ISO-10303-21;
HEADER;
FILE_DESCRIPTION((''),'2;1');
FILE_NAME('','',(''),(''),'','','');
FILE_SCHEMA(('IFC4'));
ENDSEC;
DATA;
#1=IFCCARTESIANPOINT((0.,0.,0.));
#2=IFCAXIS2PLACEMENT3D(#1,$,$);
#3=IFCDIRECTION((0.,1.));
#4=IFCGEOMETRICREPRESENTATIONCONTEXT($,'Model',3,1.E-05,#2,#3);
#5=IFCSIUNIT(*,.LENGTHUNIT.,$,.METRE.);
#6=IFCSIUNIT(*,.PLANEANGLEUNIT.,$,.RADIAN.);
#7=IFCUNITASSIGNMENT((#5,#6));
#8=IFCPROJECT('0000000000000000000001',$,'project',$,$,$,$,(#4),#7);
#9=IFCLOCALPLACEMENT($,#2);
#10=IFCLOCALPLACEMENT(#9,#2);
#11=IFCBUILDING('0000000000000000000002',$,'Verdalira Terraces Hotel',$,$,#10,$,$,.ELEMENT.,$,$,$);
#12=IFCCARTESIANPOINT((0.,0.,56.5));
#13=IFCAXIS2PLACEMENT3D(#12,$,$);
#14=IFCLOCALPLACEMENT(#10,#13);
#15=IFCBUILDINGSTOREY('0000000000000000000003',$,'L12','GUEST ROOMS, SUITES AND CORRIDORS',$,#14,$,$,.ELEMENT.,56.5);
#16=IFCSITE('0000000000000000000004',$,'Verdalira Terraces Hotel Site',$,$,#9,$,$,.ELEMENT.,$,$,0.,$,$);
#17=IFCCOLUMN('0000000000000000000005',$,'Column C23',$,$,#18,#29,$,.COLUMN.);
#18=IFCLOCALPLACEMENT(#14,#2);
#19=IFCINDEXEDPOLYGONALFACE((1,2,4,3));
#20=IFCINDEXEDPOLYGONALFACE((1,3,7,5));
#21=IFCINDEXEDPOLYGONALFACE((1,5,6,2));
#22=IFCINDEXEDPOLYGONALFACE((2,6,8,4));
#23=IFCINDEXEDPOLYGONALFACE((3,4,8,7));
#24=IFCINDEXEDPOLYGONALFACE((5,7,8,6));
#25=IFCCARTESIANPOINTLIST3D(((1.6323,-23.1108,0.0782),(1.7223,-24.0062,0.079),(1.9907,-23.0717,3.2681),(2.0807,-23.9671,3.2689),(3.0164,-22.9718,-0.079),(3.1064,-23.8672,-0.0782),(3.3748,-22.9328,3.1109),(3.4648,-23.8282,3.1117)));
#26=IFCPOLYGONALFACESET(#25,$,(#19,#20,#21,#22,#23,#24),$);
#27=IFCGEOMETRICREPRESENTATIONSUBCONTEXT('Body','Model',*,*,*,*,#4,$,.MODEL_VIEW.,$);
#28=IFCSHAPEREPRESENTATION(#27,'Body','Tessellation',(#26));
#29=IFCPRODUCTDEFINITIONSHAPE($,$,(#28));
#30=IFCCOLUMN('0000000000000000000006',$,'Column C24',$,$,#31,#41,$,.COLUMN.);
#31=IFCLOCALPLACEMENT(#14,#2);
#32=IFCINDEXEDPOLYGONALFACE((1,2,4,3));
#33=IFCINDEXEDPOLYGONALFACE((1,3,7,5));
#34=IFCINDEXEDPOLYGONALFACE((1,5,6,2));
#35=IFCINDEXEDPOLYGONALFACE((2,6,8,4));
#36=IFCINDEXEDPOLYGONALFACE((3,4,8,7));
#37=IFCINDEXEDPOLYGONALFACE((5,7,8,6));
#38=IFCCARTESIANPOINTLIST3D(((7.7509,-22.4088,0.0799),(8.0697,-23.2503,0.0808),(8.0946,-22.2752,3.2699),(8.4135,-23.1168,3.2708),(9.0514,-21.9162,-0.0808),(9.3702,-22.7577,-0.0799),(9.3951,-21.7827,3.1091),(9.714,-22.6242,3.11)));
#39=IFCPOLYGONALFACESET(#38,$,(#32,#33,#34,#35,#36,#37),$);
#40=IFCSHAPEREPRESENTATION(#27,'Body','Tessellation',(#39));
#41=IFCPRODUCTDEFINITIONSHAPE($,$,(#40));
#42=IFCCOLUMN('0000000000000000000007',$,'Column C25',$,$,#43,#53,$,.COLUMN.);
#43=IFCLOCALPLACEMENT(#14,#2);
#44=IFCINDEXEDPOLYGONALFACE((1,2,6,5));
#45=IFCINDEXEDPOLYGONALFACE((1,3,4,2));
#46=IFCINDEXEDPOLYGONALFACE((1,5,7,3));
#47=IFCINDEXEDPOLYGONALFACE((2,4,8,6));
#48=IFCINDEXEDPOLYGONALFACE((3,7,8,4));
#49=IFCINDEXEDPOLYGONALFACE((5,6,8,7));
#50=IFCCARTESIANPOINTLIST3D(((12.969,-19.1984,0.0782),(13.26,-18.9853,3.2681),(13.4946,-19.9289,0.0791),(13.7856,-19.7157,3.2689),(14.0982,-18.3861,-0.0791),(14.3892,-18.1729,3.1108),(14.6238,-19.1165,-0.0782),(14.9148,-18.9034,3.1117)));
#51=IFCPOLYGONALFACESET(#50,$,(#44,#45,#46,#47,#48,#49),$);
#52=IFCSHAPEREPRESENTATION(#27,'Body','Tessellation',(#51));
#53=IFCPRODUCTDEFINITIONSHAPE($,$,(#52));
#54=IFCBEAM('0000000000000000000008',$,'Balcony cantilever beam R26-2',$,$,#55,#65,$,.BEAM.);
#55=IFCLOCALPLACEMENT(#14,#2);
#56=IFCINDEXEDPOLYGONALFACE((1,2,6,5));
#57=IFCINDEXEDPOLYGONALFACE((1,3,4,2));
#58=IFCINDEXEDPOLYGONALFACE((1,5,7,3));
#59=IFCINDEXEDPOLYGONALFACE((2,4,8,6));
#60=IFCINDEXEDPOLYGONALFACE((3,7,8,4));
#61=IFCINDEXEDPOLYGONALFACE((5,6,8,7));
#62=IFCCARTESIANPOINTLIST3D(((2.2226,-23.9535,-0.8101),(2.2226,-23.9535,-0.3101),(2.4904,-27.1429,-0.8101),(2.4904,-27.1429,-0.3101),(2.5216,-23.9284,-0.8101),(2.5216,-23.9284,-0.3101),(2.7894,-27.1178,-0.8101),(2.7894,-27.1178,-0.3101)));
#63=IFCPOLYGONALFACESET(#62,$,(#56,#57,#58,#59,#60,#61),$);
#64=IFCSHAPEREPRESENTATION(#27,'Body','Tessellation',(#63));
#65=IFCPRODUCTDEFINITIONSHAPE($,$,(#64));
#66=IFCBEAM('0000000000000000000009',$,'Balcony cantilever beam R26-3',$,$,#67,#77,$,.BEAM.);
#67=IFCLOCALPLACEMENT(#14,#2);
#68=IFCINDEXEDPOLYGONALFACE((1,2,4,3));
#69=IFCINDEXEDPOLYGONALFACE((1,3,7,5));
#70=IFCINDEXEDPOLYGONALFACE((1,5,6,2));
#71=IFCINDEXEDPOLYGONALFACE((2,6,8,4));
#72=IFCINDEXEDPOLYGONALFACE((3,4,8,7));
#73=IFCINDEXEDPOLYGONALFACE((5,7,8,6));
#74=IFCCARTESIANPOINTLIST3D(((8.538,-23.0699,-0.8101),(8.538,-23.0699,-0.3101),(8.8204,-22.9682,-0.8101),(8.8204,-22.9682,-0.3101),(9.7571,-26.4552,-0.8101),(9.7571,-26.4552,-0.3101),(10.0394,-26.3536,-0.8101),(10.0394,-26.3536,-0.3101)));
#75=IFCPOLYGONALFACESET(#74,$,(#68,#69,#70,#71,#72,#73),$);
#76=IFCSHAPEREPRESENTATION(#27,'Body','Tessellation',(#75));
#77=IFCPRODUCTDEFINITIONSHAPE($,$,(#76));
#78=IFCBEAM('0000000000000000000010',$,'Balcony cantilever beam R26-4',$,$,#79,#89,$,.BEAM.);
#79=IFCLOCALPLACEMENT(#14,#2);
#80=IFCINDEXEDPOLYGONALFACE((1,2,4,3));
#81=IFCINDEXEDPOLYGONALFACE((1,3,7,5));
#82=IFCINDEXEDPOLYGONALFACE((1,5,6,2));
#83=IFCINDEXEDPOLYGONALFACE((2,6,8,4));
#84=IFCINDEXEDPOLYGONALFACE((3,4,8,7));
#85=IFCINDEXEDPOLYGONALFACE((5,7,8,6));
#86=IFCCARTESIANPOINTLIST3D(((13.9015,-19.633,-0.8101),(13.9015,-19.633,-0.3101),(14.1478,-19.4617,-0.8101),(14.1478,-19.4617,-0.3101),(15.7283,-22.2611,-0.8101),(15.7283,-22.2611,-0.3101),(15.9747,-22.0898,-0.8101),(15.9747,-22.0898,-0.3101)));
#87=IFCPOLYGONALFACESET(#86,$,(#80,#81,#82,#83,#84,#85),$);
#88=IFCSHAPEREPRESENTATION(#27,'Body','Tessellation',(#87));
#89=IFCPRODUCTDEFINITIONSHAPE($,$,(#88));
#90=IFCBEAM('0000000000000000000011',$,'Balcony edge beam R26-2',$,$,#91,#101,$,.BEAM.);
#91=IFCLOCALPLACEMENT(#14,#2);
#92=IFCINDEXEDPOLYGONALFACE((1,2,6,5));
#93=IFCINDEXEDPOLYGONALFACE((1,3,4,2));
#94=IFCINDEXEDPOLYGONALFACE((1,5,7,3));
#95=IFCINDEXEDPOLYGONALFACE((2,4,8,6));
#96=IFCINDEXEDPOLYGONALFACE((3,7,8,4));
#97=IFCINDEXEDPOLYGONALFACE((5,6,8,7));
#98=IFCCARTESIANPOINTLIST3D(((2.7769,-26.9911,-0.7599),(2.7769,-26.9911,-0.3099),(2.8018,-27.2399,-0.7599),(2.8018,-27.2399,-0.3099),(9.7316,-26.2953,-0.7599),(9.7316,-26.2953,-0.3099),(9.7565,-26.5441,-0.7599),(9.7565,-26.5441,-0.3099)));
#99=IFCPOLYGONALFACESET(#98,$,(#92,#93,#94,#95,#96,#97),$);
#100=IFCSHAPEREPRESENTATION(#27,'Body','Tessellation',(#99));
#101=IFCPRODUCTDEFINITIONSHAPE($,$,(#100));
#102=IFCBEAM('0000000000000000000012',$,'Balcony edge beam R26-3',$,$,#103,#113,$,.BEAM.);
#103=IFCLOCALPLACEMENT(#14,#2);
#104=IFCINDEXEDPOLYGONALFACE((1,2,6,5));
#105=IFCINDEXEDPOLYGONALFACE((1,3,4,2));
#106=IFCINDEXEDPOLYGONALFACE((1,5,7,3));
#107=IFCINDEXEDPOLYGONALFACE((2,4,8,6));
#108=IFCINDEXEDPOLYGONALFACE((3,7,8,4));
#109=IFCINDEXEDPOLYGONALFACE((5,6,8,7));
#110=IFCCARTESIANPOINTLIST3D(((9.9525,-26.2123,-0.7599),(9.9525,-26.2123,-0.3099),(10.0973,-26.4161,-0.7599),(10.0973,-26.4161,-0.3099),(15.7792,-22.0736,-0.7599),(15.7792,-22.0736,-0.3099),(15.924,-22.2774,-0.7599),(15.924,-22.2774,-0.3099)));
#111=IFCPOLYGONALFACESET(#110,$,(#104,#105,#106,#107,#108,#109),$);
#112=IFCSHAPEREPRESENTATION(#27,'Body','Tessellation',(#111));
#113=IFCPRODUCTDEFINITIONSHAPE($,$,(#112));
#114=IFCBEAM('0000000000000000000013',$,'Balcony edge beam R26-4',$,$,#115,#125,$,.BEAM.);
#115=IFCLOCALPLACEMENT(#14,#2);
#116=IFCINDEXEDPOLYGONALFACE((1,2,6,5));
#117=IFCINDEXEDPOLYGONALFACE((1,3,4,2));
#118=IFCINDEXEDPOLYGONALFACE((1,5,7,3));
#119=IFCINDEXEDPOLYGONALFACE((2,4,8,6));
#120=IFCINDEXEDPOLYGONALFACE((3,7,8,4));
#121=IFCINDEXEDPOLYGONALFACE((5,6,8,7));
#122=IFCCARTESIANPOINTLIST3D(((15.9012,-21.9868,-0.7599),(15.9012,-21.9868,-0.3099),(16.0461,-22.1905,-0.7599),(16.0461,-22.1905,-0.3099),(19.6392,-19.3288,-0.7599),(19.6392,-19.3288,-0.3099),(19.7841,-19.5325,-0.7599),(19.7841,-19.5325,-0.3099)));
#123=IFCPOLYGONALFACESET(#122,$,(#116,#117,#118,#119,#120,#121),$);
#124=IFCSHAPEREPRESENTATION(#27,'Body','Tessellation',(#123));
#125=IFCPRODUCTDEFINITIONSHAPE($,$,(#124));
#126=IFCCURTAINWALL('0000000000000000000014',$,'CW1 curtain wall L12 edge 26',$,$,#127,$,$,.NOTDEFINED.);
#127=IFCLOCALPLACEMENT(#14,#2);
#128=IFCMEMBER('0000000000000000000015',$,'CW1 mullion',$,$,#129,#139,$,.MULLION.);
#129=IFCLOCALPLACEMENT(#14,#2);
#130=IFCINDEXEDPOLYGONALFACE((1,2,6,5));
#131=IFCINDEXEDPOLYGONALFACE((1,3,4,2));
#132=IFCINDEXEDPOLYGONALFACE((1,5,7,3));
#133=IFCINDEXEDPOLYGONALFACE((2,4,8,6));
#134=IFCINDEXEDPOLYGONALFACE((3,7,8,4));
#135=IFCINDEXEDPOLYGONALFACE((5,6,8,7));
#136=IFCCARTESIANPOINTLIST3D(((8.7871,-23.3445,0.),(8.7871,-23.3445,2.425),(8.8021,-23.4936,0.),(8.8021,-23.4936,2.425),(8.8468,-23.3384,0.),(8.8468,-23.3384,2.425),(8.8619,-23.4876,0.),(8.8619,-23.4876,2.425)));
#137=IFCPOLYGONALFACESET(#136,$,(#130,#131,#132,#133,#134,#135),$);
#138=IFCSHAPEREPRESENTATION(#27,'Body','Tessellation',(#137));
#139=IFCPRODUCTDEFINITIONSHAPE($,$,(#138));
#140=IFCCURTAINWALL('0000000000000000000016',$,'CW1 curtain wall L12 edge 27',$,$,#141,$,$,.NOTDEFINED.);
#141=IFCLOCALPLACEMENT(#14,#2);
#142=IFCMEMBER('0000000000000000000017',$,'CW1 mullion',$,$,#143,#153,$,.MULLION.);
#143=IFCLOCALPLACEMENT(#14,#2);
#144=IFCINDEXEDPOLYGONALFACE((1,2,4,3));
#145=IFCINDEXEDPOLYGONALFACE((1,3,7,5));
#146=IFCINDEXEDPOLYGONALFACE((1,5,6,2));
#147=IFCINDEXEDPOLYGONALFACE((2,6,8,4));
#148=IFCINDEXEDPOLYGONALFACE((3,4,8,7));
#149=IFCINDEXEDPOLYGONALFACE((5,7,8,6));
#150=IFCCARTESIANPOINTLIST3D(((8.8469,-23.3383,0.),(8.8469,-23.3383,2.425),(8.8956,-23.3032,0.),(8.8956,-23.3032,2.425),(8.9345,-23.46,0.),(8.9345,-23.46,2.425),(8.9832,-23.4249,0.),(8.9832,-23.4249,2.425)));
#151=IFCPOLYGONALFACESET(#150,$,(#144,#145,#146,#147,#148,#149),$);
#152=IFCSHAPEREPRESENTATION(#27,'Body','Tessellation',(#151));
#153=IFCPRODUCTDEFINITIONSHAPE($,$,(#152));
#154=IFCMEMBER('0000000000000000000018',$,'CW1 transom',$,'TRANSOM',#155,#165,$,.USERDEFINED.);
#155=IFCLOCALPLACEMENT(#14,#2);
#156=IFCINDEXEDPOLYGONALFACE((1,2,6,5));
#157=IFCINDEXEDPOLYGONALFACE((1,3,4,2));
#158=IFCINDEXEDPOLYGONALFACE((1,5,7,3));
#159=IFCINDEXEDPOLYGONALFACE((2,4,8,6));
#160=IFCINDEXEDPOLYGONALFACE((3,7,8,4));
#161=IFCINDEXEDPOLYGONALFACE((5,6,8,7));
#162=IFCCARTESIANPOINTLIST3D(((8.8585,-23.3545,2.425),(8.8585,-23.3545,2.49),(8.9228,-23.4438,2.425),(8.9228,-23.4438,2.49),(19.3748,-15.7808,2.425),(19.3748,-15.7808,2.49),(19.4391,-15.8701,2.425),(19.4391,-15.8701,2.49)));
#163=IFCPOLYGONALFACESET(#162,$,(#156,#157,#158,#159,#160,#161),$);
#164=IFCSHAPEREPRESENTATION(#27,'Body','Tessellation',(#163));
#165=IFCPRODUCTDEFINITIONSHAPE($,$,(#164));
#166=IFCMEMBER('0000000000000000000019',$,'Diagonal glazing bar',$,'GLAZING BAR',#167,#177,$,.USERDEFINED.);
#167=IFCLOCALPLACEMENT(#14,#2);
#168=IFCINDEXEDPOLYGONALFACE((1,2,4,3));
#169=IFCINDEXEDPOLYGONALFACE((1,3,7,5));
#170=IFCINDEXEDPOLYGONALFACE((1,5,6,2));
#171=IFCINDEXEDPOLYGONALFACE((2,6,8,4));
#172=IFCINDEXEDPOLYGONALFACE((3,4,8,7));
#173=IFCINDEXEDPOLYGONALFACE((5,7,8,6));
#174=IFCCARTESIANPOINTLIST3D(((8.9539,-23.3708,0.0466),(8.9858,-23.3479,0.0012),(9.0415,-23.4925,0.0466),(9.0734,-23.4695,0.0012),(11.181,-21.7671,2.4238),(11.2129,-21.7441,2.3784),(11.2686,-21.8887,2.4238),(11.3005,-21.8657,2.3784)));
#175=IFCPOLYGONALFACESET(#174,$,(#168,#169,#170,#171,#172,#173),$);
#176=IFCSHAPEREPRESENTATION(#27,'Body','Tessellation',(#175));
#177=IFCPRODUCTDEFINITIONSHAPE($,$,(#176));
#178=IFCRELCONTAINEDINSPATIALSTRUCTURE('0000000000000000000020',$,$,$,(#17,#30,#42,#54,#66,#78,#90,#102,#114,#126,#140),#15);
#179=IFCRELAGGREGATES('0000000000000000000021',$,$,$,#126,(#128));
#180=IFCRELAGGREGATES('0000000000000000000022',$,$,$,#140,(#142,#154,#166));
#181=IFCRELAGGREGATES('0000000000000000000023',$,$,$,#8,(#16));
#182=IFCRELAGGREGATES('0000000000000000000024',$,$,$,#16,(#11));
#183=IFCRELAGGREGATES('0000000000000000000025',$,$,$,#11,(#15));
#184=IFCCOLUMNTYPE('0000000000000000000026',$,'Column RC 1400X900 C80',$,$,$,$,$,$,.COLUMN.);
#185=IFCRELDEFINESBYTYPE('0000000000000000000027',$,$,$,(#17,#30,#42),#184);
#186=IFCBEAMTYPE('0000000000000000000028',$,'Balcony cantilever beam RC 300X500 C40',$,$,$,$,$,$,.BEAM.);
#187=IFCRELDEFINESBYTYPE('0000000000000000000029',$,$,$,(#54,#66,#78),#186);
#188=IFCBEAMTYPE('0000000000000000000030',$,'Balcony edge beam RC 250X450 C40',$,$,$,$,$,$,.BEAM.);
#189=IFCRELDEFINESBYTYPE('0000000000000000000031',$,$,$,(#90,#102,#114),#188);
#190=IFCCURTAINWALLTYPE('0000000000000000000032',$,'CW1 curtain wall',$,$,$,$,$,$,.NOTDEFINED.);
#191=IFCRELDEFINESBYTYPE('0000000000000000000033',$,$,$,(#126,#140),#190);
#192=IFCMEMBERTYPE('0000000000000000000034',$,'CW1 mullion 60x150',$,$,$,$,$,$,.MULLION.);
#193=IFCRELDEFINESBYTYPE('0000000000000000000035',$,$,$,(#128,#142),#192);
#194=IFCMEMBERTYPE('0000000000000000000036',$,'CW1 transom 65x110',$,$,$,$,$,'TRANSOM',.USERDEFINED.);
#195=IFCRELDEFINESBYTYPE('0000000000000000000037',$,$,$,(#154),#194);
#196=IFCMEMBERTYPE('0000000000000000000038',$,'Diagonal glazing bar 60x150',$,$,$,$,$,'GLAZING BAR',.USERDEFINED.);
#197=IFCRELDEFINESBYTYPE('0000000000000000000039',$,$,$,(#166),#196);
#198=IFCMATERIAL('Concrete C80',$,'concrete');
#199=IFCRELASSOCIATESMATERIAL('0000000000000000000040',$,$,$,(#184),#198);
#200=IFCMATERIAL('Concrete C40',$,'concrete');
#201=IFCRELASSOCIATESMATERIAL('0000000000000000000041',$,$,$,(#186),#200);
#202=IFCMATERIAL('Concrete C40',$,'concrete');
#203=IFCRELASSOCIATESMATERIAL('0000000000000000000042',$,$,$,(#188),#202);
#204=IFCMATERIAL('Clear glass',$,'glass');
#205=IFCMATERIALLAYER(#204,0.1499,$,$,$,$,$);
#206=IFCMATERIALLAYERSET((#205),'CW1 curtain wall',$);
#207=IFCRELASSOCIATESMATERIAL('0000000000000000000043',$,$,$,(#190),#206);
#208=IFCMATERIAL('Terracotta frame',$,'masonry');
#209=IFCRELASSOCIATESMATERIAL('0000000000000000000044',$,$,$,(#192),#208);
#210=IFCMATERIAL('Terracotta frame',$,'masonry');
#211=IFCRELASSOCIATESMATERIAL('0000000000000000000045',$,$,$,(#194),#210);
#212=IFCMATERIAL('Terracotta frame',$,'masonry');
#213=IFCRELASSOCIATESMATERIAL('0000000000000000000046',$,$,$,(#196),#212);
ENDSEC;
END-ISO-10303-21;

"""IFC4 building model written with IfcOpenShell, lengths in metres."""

from ifc_helpers import new_model, si_unit, direction, frame, origin, origin_2d, place, context, subcontext, project, spatial, rectangle, extrude, material, layer, layer_set, material_profile, profile_set, type_object, element, aggregate, save


model = new_model("IFC4")

# Units and contexts
model_context = context("Model", 3, precision=1e-05, world=origin(), true_north=direction((0.0, 1.0)))
body_context = subcontext(model_context, "Body", "Model", "MODEL_VIEW")
ifc_project = project(units=[si_unit("LENGTHUNIT", "METRE"), si_unit("PLANEANGLEUNIT", "RADIAN")], contexts=[model_context])

# Site, building, storey
site_placement = place(None, origin())
site = spatial("IfcSite", under=ifc_project, at=site_placement, Name="Verdalira Terraces Hotel Site", CompositionType="ELEMENT", RefElevation=0.0)
building_placement = place(site_placement, origin())
building = spatial("IfcBuilding", under=site, at=building_placement, Name="Verdalira Terraces Hotel", CompositionType="ELEMENT")
storey_placement = place(building_placement, frame((0.0, 0.0, 56.5)))
storey = spatial("IfcBuildingStorey", under=building, at=storey_placement, Name="L12", Description="GUEST ROOMS, SUITES AND CORRIDORS", CompositionType="ELEMENT", Elevation=56.5)

# Columns
ifc_material_1 = material(Name="Concrete C80", Category="concrete")
ifc_material_profile_1 = material_profile(ifc_material_1, rectangle(XDim=1.3999, YDim=0.8999, at=origin_2d()), Name="RC 1400X900")
ifc_profile_set_1 = profile_set([ifc_material_profile_1], Name="Concrete C80")
column_type = type_object("IfcColumnType", Name="Column RC 1400X900 C80", PredefinedType="COLUMN", material=ifc_profile_set_1)
column_1_placement = place(storey_placement, frame((2.3694, -23.489, 0.0), z_axis=(0.111642, 0.012168, 0.993674), x_axis=(0.988702, 0.099279, -0.112299)))
element("IfcColumn", 1, at=column_1_placement, inside=storey, type_object=column_type, Name="Column C23", PredefinedType="COLUMN", context=body_context, shape_type="SweptSolid", body=[
    extrude(rectangle(XDim=1.3999, YDim=0.8999, at=origin_2d()), origin(), (0.0, 0.0, 1.0), 3.2102),
])
column_2_placement = place(storey_placement, frame((8.5605, -22.5833, 0.0), z_axis=(0.107048, 0.041587, 0.993384), x_axis=(-0.928983, -0.351857, 0.114838)))
element("IfcColumn", 2, at=column_2_placement, inside=storey, type_object=column_type, Name="Column C24", PredefinedType="COLUMN", context=body_context, shape_type="SweptSolid", body=[
    extrude(rectangle(XDim=1.3999, YDim=0.8999, at=origin_2d()), origin(), (0.0, 0.0, 1.0), 3.2112),
])
column_3_placement = place(storey_placement, frame((13.7964, -19.1575, 0.0), z_axis=(0.090651, 0.066392, 0.993667), x_axis=(0.806615, 0.5803, -0.112359)))
element("IfcColumn", 3, at=column_3_placement, inside=storey, type_object=column_type, Name="Column C25", PredefinedType="COLUMN", context=body_context, shape_type="SweptSolid", body=[
    extrude(rectangle(XDim=1.3999, YDim=0.8999, at=origin_2d()), origin(), (0.0, 0.0, 1.0), 3.2102),
])

# Beams
ifc_material_2 = material(Name="Concrete C40", Category="concrete")
ifc_material_profile_2 = material_profile(ifc_material_2, rectangle(XDim=0.3, YDim=0.5, at=origin_2d()), Name="RC 300X500")
ifc_profile_set_2 = profile_set([ifc_material_profile_2], Name="Concrete C40")
beam_type_1 = type_object("IfcBeamType", Name="Balcony cantilever beam RC 300X500 C40", PredefinedType="BEAM", material=ifc_profile_set_2)
beam_1_placement = place(storey_placement, frame((2.3721, -23.9409, -0.5601), z_axis=(0.083677, -0.996493, 0.0), x_axis=(0.996493, 0.083677, 0.0)))
element("IfcBeam", 4, at=beam_1_placement, inside=storey, type_object=beam_type_1, Name="Balcony cantilever beam R26-2", PredefinedType="BEAM", context=body_context, shape_type="SweptSolid", body=[
    extrude(rectangle(XDim=0.3, YDim=0.5, at=origin_2d()), origin(), (0.0, 0.0, 1.0), 3.2007),
])
beam_2_placement = place(storey_placement, frame((8.6792, -23.019, -0.5601), z_axis=(0.338794, -0.940861, 0.0), x_axis=(0.940861, 0.338794, 0.0)))
element("IfcBeam", 5, at=beam_2_placement, inside=storey, type_object=beam_type_1, Name="Balcony cantilever beam R26-3", PredefinedType="BEAM", context=body_context, shape_type="SweptSolid", body=[
    extrude(rectangle(XDim=0.3, YDim=0.5, at=origin_2d()), origin(), (0.0, 0.0, 1.0), 3.5981),
])
beam_3_placement = place(storey_placement, frame((14.0247, -19.5474, -0.5601), z_axis=(0.570772, -0.821109, 0.0), x_axis=(0.821109, 0.570772, 0.0)))
element("IfcBeam", 6, at=beam_3_placement, inside=storey, type_object=beam_type_1, Name="Balcony cantilever beam R26-4", PredefinedType="BEAM", context=body_context, shape_type="SweptSolid", body=[
    extrude(rectangle(XDim=0.3, YDim=0.5, at=origin_2d()), origin(), (0.0, 0.0, 1.0), 3.2007),
])
ifc_material_3 = material(Name="Concrete C40", Category="concrete")
ifc_material_profile_3 = material_profile(ifc_material_3, rectangle(XDim=0.25, YDim=0.45, at=origin_2d()), Name="RC 250X450")
ifc_profile_set_3 = profile_set([ifc_material_profile_3], Name="Concrete C40")
beam_type_2 = type_object("IfcBeamType", Name="Balcony edge beam RC 250X450 C40", PredefinedType="BEAM", material=ifc_profile_set_3)
beam_4_placement = place(storey_placement, frame((2.7893, -27.1155, -0.5349), z_axis=(0.995033, 0.099549, 0.0), x_axis=(-0.099549, 0.995033, 0.0)))
element("IfcBeam", 7, at=beam_4_placement, inside=storey, type_object=beam_type_2, Name="Balcony edge beam R26-2", PredefinedType="BEAM", context=body_context, shape_type="SweptSolid", body=[
    extrude(rectangle(XDim=0.25, YDim=0.45, at=origin_2d()), origin(), (0.0, 0.0, 1.0), 6.9895),
])
beam_5_placement = place(storey_placement, frame((10.0249, -26.3142, -0.5349), z_axis=(0.815268, 0.579084, 0.0), x_axis=(-0.579084, 0.815268, 0.0)))
element("IfcBeam", 8, at=beam_5_placement, inside=storey, type_object=beam_type_2, Name="Balcony edge beam R26-3", PredefinedType="BEAM", context=body_context, shape_type="SweptSolid", body=[
    extrude(rectangle(XDim=0.25, YDim=0.45, at=origin_2d()), origin(), (0.0, 0.0, 1.0), 7.147),
])
beam_6_placement = place(storey_placement, frame((15.9736, -22.0886, -0.5349), z_axis=(0.814976, 0.579495, 0.0), x_axis=(-0.579495, 0.814976, 0.0)))
element("IfcBeam", 9, at=beam_6_placement, inside=storey, type_object=beam_type_2, Name="Balcony edge beam R26-4", PredefinedType="BEAM", context=body_context, shape_type="SweptSolid", body=[
    extrude(rectangle(XDim=0.25, YDim=0.45, at=origin_2d()), origin(), (0.0, 0.0, 1.0), 4.5867),
])

# Curtain wall, member
ifc_material_4 = material(Name="Clear glass", Category="glass")
ifc_layer_1 = layer(ifc_material_4, 0.1499)
ifc_layer_set_1 = layer_set([ifc_layer_1], Name="CW1 curtain wall")
curtain_wall_type = type_object("IfcCurtainWallType", Name="CW1 curtain wall", PredefinedType="NOTDEFINED", material=ifc_layer_set_1)
curtain_wall_1_placement = place(storey_placement, origin())
curtain_wall_1 = element("IfcCurtainWall", 10, at=curtain_wall_1_placement, inside=storey, type_object=curtain_wall_type, Name="CW1 curtain wall L12 edge 26", PredefinedType="NOTDEFINED")
ifc_material_5 = material(Name="Terracotta frame", Category="masonry")
ifc_material_profile_4 = material_profile(ifc_material_5, rectangle(XDim=0.0601, YDim=0.1499, at=origin_2d()), Name="MU 60x150")
ifc_profile_set_4 = profile_set([ifc_material_profile_4], Name="Terracotta frame")
member_type_1 = type_object("IfcMemberType", Name="CW1 mullion 60x150", PredefinedType="MULLION", material=ifc_profile_set_4)
member_1_placement = place(storey_placement, frame((8.8245, -23.416, 0.0), z_axis=(0.0, 0.0, 1.0), x_axis=(0.994951, 0.100362, 0.0)))
member_1 = element("IfcMember", 11, at=member_1_placement, type_object=member_type_1, Name="CW1 mullion", PredefinedType="MULLION", context=body_context, shape_type="SweptSolid", body=[
    extrude(rectangle(XDim=0.0601, YDim=0.1499, at=origin_2d()), origin(), (0.0, 0.0, 1.0), 2.425),
])

# Curtain wall, members
curtain_wall_2_placement = place(storey_placement, origin())
curtain_wall_2 = element("IfcCurtainWall", 12, at=curtain_wall_2_placement, inside=storey, type_object=curtain_wall_type, Name="CW1 curtain wall L12 edge 27", PredefinedType="NOTDEFINED")
member_2_placement = place(storey_placement, frame((8.915, -23.3816, 0.0), z_axis=(0.0, 0.0, 1.0), x_axis=(0.811472, 0.584391, 0.0)))
member_2 = element("IfcMember", 13, at=member_2_placement, type_object=member_type_1, Name="CW1 mullion", PredefinedType="MULLION", context=body_context, shape_type="SweptSolid", body=[
    extrude(rectangle(XDim=0.0601, YDim=0.1499, at=origin_2d()), origin(), (0.0, 0.0, 1.0), 2.425),
])
ifc_material_6 = material(Name="Terracotta frame", Category="masonry")
ifc_material_profile_5 = material_profile(ifc_material_6, rectangle(XDim=0.1101, YDim=0.0649, at=origin_2d()), Name="TR 65x110")
ifc_profile_set_5 = profile_set([ifc_material_profile_5], Name="Terracotta frame")
member_type_2 = type_object("IfcMemberType", Name="CW1 transom 65x110", ElementType="TRANSOM", PredefinedType="USERDEFINED", material=ifc_profile_set_5)
member_3_placement = place(storey_placement, frame((8.8906, -23.3992, 2.4575), z_axis=(0.811463, 0.584404, 0.0), x_axis=(-0.584404, 0.811463, 0.0)))
member_3 = element("IfcMember", 14, at=member_3_placement, type_object=member_type_2, Name="CW1 transom", ObjectType="TRANSOM", PredefinedType="USERDEFINED", context=body_context, shape_type="SweptSolid", body=[
    extrude(rectangle(XDim=0.1101, YDim=0.0649, at=origin_2d()), origin(), (0.0, 0.0, 1.0), 12.9597),
])
ifc_material_7 = material(Name="Terracotta frame", Category="masonry")
ifc_material_profile_6 = material_profile(ifc_material_7, rectangle(XDim=0.1499, YDim=0.0601, at=origin_2d()), Name="GB 60x150")
ifc_profile_set_6 = profile_set([ifc_material_profile_6], Name="Terracotta frame")
member_type_3 = type_object("IfcMemberType", Name="Diagonal glazing bar 60x150", ElementType="GLAZING BAR", PredefinedType="USERDEFINED", material=ifc_profile_set_6)
member_4_placement = place(storey_placement, frame((9.0137, -23.4202, 0.0239), z_axis=(0.613374, 0.441707, 0.654727), x_axis=(-0.584373, 0.811485, 0.0)))
member_4 = element("IfcMember", 15, at=member_4_placement, type_object=member_type_3, Name="Diagonal glazing bar", ObjectType="GLAZING BAR", PredefinedType="USERDEFINED", context=body_context, shape_type="SweptSolid", body=[
    extrude(rectangle(XDim=0.1499, YDim=0.0601, at=origin_2d()), origin(), (0.0, 0.0, 1.0), 3.6309),
])

aggregate(curtain_wall_1, [member_1])
aggregate(curtain_wall_2, [member_2, member_3, member_4])

save(model, "model.ifc")
